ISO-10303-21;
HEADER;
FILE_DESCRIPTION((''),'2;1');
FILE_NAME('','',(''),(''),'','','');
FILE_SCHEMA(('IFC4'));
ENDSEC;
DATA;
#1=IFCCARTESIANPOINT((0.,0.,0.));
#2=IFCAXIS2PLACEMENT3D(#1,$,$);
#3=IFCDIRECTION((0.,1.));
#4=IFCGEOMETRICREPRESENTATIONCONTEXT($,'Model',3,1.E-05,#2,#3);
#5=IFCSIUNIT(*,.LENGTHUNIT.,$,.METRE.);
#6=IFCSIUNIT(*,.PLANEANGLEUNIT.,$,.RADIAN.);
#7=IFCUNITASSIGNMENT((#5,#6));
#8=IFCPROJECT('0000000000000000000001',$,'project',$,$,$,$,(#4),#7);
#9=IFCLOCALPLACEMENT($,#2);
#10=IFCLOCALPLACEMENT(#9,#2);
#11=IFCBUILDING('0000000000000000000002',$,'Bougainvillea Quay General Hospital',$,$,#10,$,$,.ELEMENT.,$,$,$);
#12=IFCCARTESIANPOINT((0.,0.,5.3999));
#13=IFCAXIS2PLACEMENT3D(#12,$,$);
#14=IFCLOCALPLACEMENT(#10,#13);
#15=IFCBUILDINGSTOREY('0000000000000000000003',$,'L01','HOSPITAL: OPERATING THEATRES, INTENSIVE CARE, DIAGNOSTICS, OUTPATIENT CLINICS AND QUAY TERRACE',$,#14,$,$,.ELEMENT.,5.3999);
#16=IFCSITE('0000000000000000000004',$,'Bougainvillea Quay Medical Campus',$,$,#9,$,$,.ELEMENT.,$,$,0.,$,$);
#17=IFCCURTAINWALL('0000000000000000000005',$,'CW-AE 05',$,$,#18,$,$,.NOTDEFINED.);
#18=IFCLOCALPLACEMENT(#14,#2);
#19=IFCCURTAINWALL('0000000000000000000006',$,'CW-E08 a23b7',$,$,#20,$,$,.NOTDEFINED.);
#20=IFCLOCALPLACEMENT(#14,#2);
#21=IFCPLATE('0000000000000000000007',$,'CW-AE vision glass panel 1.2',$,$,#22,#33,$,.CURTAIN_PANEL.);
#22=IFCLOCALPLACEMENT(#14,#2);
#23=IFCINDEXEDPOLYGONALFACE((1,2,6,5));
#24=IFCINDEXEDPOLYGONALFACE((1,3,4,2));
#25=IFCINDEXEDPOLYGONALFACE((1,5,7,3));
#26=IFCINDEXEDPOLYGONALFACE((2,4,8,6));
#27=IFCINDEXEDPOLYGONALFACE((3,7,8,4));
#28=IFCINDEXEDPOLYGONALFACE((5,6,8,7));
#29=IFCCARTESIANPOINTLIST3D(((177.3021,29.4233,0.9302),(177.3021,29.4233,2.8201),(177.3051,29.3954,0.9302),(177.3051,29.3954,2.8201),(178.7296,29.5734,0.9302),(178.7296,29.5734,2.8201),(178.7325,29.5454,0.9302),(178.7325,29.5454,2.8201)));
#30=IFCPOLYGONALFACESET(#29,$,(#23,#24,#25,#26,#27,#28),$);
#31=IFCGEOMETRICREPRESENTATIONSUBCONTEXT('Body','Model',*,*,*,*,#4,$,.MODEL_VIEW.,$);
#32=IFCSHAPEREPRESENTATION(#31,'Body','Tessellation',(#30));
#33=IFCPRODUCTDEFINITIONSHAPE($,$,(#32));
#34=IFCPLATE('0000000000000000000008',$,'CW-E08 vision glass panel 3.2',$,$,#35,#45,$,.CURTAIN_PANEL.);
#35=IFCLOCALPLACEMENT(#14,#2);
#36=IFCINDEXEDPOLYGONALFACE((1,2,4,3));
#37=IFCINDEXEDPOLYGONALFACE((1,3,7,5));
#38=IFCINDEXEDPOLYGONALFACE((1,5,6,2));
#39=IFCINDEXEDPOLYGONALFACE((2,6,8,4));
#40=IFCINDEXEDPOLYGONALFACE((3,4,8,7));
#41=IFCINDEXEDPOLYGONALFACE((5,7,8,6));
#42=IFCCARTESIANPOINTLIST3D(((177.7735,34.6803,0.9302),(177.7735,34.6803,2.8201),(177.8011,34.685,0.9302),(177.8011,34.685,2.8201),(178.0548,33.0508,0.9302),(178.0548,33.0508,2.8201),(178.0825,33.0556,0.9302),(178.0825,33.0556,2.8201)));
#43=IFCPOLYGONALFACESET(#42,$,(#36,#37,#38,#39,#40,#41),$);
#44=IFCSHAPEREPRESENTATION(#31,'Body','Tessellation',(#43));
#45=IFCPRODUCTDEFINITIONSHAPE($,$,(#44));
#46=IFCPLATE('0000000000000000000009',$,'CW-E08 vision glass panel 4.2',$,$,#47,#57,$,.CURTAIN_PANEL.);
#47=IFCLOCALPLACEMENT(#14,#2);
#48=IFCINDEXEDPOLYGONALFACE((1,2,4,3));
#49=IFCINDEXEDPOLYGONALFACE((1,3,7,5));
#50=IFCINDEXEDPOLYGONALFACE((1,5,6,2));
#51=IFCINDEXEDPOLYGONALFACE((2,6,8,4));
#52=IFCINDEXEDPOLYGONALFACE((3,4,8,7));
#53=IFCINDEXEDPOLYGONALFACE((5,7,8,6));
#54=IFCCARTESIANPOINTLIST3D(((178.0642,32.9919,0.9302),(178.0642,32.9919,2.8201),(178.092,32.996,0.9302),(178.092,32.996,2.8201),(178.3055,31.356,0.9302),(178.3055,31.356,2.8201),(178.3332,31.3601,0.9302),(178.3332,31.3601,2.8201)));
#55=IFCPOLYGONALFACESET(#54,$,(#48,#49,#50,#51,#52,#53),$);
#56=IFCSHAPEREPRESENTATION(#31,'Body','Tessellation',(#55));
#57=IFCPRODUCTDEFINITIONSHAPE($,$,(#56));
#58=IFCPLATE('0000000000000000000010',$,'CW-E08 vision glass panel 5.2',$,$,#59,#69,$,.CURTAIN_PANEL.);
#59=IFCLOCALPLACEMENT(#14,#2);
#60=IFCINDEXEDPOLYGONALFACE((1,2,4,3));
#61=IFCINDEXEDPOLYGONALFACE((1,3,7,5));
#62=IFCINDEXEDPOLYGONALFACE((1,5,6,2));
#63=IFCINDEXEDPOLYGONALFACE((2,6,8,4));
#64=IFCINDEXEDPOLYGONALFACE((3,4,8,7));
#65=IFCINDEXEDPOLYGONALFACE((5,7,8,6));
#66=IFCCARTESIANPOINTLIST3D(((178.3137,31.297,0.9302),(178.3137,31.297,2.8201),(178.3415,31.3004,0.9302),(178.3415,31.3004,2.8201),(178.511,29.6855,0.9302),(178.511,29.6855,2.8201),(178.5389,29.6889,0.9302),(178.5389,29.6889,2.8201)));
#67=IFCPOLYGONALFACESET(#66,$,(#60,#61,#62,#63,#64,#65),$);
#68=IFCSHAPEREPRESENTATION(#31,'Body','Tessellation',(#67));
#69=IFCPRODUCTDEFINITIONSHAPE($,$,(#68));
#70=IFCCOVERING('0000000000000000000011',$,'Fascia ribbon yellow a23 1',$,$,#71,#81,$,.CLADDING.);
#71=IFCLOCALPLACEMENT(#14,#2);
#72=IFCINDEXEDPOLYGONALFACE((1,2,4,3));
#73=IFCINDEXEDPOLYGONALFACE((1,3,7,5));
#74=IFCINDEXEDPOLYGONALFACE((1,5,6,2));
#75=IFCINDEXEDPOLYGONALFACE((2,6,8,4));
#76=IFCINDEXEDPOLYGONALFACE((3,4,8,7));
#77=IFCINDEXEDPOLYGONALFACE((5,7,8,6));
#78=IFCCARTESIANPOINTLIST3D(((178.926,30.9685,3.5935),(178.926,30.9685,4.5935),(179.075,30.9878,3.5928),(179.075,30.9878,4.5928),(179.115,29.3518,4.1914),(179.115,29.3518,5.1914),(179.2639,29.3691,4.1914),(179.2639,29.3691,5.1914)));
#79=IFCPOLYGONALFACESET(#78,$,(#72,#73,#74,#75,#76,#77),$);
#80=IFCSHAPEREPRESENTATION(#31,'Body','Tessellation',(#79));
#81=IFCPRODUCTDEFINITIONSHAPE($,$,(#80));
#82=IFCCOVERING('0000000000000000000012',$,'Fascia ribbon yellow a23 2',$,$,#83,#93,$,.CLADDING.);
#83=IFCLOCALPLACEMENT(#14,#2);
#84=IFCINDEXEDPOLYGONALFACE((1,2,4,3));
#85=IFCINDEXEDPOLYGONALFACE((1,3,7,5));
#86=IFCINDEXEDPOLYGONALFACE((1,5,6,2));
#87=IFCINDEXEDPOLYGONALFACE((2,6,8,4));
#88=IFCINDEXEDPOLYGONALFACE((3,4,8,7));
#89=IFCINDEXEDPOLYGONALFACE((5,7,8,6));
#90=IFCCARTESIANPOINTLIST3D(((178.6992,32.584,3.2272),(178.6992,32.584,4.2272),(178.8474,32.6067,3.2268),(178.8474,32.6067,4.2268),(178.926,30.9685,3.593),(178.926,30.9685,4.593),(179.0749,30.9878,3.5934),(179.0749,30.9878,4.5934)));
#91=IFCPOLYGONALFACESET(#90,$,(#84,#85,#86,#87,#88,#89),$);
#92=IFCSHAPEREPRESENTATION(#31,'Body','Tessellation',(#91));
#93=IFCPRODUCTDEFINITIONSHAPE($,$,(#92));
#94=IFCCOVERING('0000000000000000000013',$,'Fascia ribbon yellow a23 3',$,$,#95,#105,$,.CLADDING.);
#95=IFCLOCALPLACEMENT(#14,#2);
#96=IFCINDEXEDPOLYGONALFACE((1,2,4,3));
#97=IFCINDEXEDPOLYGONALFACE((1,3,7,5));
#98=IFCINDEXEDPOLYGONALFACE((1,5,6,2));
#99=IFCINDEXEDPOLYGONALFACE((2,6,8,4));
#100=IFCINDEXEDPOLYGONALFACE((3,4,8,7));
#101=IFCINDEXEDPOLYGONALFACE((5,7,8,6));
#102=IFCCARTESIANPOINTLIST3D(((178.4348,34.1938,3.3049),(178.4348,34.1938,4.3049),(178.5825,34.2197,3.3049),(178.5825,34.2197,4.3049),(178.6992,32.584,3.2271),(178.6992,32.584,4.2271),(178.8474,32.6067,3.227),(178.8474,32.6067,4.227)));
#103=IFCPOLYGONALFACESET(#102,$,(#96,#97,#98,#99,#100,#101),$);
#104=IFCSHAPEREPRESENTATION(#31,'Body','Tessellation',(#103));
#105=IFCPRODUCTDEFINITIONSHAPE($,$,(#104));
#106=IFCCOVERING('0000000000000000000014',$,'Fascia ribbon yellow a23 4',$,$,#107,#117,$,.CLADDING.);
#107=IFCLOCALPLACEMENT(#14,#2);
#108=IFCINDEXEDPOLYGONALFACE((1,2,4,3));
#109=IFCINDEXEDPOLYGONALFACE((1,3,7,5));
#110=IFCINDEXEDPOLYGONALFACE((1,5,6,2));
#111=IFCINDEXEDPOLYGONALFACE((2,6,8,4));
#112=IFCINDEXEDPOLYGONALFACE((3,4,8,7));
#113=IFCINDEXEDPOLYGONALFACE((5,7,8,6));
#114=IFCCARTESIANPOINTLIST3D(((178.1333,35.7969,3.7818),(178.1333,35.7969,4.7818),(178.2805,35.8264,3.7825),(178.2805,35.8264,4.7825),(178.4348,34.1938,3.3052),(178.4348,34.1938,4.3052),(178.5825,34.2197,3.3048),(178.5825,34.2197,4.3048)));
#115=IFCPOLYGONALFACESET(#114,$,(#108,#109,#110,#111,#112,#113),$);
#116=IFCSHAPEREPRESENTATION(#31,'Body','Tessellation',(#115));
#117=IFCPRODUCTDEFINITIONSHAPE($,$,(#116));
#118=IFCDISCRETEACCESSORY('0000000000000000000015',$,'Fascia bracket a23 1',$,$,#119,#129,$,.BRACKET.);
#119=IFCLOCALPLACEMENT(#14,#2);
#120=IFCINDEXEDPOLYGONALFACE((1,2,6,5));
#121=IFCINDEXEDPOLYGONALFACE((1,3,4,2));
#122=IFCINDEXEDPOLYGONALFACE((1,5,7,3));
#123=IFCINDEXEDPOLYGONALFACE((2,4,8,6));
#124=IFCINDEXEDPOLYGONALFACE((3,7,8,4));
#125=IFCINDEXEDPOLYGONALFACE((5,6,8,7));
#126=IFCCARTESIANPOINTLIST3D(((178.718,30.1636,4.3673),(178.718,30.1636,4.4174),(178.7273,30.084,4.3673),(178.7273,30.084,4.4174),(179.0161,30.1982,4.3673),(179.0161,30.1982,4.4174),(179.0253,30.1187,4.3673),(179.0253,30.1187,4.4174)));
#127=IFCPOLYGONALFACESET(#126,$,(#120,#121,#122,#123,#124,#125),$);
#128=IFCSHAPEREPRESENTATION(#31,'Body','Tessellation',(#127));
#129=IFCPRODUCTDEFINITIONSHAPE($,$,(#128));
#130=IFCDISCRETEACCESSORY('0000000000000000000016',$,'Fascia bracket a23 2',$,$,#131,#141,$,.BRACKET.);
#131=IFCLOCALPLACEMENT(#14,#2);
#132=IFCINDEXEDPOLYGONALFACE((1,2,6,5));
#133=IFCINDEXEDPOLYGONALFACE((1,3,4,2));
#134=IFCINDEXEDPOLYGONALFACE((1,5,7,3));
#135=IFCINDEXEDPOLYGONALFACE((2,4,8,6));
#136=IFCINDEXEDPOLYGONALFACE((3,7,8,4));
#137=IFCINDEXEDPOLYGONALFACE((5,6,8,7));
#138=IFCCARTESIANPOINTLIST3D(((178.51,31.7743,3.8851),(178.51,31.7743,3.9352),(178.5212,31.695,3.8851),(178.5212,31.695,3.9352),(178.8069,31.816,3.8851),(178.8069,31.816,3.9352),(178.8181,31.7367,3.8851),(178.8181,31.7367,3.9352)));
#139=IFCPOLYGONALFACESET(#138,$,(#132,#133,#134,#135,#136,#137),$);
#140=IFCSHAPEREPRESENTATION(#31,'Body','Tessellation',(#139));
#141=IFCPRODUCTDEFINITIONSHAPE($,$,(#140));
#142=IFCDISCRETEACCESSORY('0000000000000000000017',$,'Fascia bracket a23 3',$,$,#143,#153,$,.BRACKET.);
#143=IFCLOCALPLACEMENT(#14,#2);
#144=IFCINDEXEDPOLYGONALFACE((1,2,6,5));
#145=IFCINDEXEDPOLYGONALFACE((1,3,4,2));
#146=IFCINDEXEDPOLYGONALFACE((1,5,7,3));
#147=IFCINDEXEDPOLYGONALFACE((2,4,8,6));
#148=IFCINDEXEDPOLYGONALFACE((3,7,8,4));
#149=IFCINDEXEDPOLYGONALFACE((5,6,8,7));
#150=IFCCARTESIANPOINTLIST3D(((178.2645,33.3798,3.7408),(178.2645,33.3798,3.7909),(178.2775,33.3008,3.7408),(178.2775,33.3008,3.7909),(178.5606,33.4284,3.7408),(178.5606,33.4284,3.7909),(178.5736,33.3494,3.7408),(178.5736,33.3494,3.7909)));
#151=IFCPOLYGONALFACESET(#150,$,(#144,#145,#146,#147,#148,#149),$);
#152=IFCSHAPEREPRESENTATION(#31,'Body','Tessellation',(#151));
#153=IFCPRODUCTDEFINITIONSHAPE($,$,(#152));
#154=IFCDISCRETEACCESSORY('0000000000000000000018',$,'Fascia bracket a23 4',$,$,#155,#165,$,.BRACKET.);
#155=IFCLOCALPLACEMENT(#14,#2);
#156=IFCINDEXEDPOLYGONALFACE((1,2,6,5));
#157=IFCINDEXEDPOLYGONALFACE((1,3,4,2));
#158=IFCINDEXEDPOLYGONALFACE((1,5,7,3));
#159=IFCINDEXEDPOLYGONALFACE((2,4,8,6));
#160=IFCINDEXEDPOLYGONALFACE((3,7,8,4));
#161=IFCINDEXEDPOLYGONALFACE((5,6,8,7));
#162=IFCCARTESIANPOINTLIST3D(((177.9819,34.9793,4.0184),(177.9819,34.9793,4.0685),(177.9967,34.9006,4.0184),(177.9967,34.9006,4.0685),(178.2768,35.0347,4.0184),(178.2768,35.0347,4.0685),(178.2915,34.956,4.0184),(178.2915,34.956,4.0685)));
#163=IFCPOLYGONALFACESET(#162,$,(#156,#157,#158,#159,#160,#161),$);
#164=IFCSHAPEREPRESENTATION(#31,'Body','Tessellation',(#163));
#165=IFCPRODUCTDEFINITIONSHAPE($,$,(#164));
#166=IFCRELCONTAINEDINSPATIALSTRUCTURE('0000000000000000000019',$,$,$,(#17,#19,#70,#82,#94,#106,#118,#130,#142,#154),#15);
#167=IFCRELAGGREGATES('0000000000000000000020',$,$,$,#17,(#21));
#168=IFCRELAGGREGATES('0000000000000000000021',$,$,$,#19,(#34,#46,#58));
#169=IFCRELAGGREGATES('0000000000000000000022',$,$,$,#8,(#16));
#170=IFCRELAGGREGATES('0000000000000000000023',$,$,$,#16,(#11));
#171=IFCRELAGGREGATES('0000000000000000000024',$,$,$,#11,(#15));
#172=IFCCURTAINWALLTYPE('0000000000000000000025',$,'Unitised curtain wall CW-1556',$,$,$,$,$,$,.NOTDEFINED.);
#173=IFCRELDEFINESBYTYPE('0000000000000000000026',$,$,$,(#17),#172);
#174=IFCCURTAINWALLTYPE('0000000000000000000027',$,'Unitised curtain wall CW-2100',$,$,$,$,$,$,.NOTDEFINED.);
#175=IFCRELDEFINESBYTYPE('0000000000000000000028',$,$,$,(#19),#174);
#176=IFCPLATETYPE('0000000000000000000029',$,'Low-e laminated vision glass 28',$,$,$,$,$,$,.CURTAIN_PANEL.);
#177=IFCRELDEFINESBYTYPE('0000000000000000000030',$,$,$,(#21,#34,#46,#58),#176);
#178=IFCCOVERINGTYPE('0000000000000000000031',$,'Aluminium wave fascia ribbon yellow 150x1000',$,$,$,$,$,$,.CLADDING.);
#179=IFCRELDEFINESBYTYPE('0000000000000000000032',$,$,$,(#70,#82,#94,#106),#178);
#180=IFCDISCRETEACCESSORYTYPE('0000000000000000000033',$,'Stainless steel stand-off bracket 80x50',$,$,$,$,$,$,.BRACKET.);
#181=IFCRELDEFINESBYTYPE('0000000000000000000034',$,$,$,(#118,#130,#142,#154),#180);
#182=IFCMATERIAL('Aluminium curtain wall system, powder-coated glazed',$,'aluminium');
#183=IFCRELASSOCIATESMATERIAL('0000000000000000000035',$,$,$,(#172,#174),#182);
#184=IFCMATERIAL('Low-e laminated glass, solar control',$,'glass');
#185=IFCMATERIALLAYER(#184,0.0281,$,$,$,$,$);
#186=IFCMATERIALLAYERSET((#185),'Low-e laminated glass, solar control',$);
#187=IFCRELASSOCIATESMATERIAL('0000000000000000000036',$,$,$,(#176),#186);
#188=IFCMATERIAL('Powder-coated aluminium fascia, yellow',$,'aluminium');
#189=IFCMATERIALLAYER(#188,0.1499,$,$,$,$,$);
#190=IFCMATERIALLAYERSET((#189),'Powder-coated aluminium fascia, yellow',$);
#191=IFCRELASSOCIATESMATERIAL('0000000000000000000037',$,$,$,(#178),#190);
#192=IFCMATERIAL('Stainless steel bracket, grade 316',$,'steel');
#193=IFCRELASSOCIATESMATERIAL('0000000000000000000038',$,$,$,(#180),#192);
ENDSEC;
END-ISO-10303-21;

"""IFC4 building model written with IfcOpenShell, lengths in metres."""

from ifc_helpers import new_model, si_unit, direction, frame, origin, origin_2d, place, context, subcontext, project, spatial, polyline, rectangle, outline, extrude, material, layer, layer_set, material_profile, profile_set, type_object, element, aggregate, save


model = new_model("IFC4")

# Units and contexts
model_context = context("Model", 3, precision=1e-05, world=origin(), true_north=direction((0.0, 1.0)))
body_context = subcontext(model_context, "Body", "Model", "MODEL_VIEW")
ifc_project = project(units=[si_unit("LENGTHUNIT", "METRE"), si_unit("PLANEANGLEUNIT", "RADIAN")], contexts=[model_context])

# Site, building, storey
site_placement = place(None, origin())
site = spatial("IfcSite", under=ifc_project, at=site_placement, Name="Bougainvillea Quay Medical Campus", CompositionType="ELEMENT", RefElevation=0.0)
building_placement = place(site_placement, origin())
building = spatial("IfcBuilding", under=site, at=building_placement, Name="Bougainvillea Quay General Hospital", CompositionType="ELEMENT")
storey_placement = place(building_placement, frame((0.0, 0.0, 5.3999)))
storey = spatial("IfcBuildingStorey", under=building, at=storey_placement, Name="L01", Description="HOSPITAL: OPERATING THEATRES, INTENSIVE CARE, DIAGNOSTICS, OUTPATIENT CLINICS AND QUAY TERRACE", CompositionType="ELEMENT", Elevation=5.3999)

# Curtain wall
ifc_material_1 = material(Name="Aluminium curtain wall system, powder-coated glazed", Category="aluminium")
curtain_wall_type_1 = type_object("IfcCurtainWallType", Name="Unitised curtain wall CW-1556", PredefinedType="NOTDEFINED", material=ifc_material_1)
curtain_wall_1_placement = place(storey_placement, origin())
curtain_wall_1 = element("IfcCurtainWall", 1, at=curtain_wall_1_placement, inside=storey, type_object=curtain_wall_type_1, Name="CW-AE 05", PredefinedType="NOTDEFINED")

# Curtain wall
curtain_wall_type_2 = type_object("IfcCurtainWallType", Name="Unitised curtain wall CW-2100", PredefinedType="NOTDEFINED", material=ifc_material_1)
curtain_wall_2_placement = place(storey_placement, origin())
curtain_wall_2 = element("IfcCurtainWall", 2, at=curtain_wall_2_placement, inside=storey, type_object=curtain_wall_type_2, Name="CW-E08 a23b7", PredefinedType="NOTDEFINED")

# Plates
ifc_material_2 = material(Name="Low-e laminated glass, solar control", Category="glass")
ifc_layer_1 = layer(ifc_material_2, 0.0281)
ifc_layer_set_1 = layer_set([ifc_layer_1], Name="Low-e laminated glass, solar control")
plate_type_1 = type_object("IfcPlateType", Name="Low-e laminated vision glass 28", PredefinedType="CURTAIN_PANEL", material=ifc_layer_set_1)
plate_1_placement = place(storey_placement, frame((178.0173, 29.4844, 0.9302), z_axis=(0.0, 0.0, 1.0), x_axis=(0.994522, 0.104527, 0.0)))
plate_1 = element("IfcPlate", 3, at=plate_1_placement, type_object=plate_type_1, Name="CW-AE vision glass panel 1.2", PredefinedType="CURTAIN_PANEL", context=body_context, shape_type="SweptSolid", body=[
    extrude(rectangle(XDim=1.4353, YDim=0.0281, at=origin_2d()), origin(), (0.0, 0.0, 1.0), 1.8899),
])
aggregate(curtain_wall_1, [plate_1])
plate_2_placement = place(storey_placement, frame((177.928, 33.8679, 0.9302), z_axis=(0.0, 0.0, 1.0), x_axis=(0.17016, -0.985416, 0.0)))
plate_2 = element("IfcPlate", 4, at=plate_2_placement, type_object=plate_type_1, Name="CW-E08 vision glass panel 3.2", PredefinedType="CURTAIN_PANEL", context=body_context, shape_type="SweptSolid", body=[
    extrude(rectangle(XDim=1.6536, YDim=0.0281, at=origin_2d()), origin(), (0.0, 0.0, 1.0), 1.8899),
])
plate_3_placement = place(storey_placement, frame((178.1987, 32.176, 0.9302), z_axis=(0.0, 0.0, 1.0), x_axis=(0.145903, -0.989299, 0.0)))
plate_3 = element("IfcPlate", 5, at=plate_3_placement, type_object=plate_type_1, Name="CW-E08 vision glass panel 4.2", PredefinedType="CURTAIN_PANEL", context=body_context, shape_type="SweptSolid", body=[
    extrude(rectangle(XDim=1.6536, YDim=0.0281, at=origin_2d()), origin(), (0.0, 0.0, 1.0), 1.8899),
])
plate_4_placement = place(storey_placement, frame((178.4263, 30.4929, 0.9302), z_axis=(0.0, 0.0, 1.0), x_axis=(0.121558, -0.992584, 0.0)))
plate_4 = element("IfcPlate", 6, at=plate_4_placement, type_object=plate_type_1, Name="CW-E08 vision glass panel 5.2", PredefinedType="CURTAIN_PANEL", context=body_context, shape_type="SweptSolid", body=[
    extrude(rectangle(XDim=1.6235, YDim=0.0281, at=origin_2d()), origin(), (0.0, 0.0, 1.0), 1.8899),
])
aggregate(curtain_wall_2, [plate_2, plate_3, plate_4])

# Coverings
ifc_material_3 = material(Name="Powder-coated aluminium fascia, yellow", Category="aluminium")
ifc_layer_2 = layer(ifc_material_3, 0.1499)
ifc_layer_set_2 = layer_set([ifc_layer_2], Name="Powder-coated aluminium fascia, yellow")
covering_type = type_object("IfcCoveringType", Name="Aluminium wave fascia ribbon yellow 150x1000", PredefinedType="CLADDING", material=ifc_layer_set_2)
covering_1_placement = place(storey_placement, frame((179.115, 29.3518, 4.1914), z_axis=(-0.039803, 0.342501, 0.938674), x_axis=(-0.108973, 0.932327, -0.344806)))
element("IfcCovering", 7, at=covering_1_placement, inside=storey, type_object=covering_type, Name="Fascia ribbon yellow a23 1", PredefinedType="CLADDING", context=body_context, shape_type="SweptSolid", body=[
    extrude(outline(polyline([(0.0, 0.0), (1.734, 0.0), (1.736, -0.1502), (-0.0001, -0.1499), (0.0, 0.0)])), origin(), (-0.344806, 0.000214, 0.938674), 1.0),
])
covering_2_placement = place(storey_placement, frame((178.926, 30.9685, 3.593), z_axis=(-0.030621, 0.21666, 0.975767), x_axis=(-0.135663, 0.96629, -0.218813)))
element("IfcCovering", 8, at=covering_2_placement, inside=storey, type_object=covering_type, Name="Fascia ribbon yellow a23 2", PredefinedType="CLADDING", context=body_context, shape_type="SweptSolid", body=[
    extrude(outline(polyline([(0.0, 0.0), (1.6719, 0.0), (1.6738, -0.1499), (-0.0016, -0.1502), (0.0, 0.0)])), origin(), (-0.218813, -0.000196, 0.975767), 1.0),
])
covering_3_placement = place(storey_placement, frame((178.6992, 32.584, 3.2271), z_axis=(0.007718, -0.047007, 0.998865), x_axis=(-0.161885, 0.985659, 0.047637)))
element("IfcCovering", 9, at=covering_3_placement, inside=storey, type_object=covering_type, Name="Fascia ribbon yellow a23 3", PredefinedType="CLADDING", context=body_context, shape_type="SweptSolid", body=[
    extrude(outline(polyline([(0.0, 0.0), (1.6333, 0.0), (1.6349, -0.1499), (-0.0016, -0.1499), (0.0, 0.0)])), origin(), (0.047637, -0.000002, 0.998865), 1.0),
])
covering_4_placement = place(storey_placement, frame((178.4348, 34.1938, 3.3052), z_axis=(0.051032, -0.2758, 0.959859), x_axis=(-0.177429, 0.943319, 0.28048)))
element("IfcCovering", 10, at=covering_4_placement, inside=storey, type_object=covering_type, Name="Fascia ribbon yellow a23 4", PredefinedType="CLADDING", context=body_context, shape_type="SweptSolid", body=[
    extrude(outline(polyline([(0.0, 0.0), (1.6993, 0.0), (1.7013, -0.1501), (-0.0019, -0.1499), (0.0, 0.0)])), origin(), (0.28048, -0.000795, 0.959859), 1.0),
])

# Discrete accessories
ifc_material_4 = material(Name="Stainless steel bracket, grade 316", Category="steel")
ifc_material_profile_1 = material_profile(ifc_material_4, rectangle(XDim=0.0801, YDim=0.05, at=origin_2d()))
ifc_profile_set_1 = profile_set([ifc_material_profile_1], Name="Stainless steel bracket, grade 316")
discrete_accessory_type = type_object("IfcDiscreteAccessoryType", Name="Stainless steel stand-off bracket 80x50", PredefinedType="BRACKET", material=ifc_profile_set_1)
discrete_accessory_1_placement = place(storey_placement, frame((178.7227, 30.1238, 4.3923), z_axis=(0.993305, 0.11552, 0.0), x_axis=(-0.11552, 0.993305, 0.0)))
element("IfcDiscreteAccessory", 11, at=discrete_accessory_1_placement, inside=storey, type_object=discrete_accessory_type, Name="Fascia bracket a23 1", PredefinedType="BRACKET", context=body_context, shape_type="SweptSolid", body=[
    extrude(rectangle(XDim=0.0801, YDim=0.05, at=origin_2d()), origin(), (0.0, 0.0, 1.0), 0.3),
])
discrete_accessory_2_placement = place(storey_placement, frame((178.5156, 31.7346, 3.9102), z_axis=(0.990257, 0.139255, 0.0), x_axis=(-0.139255, 0.990257, 0.0)))
element("IfcDiscreteAccessory", 12, at=discrete_accessory_2_placement, inside=storey, type_object=discrete_accessory_type, Name="Fascia bracket a23 2", PredefinedType="BRACKET", context=body_context, shape_type="SweptSolid", body=[
    extrude(rectangle(XDim=0.0801, YDim=0.05, at=origin_2d()), origin(), (0.0, 0.0, 1.0), 0.2998),
])
for number, where, z_axis, x_axis, name in (
    (13, (178.271, 33.3403, 3.7659), (0.986808, 0.161892, 0.0), (-0.161892, 0.986808, 0.0), "Fascia bracket a23 3"),
    (14, (177.9893, 34.9399, 4.0435), (0.982798, 0.184681, 0.0), (-0.184681, 0.982798, 0.0), "Fascia bracket a23 4"),
):
    element("IfcDiscreteAccessory", number, at=place(storey_placement, frame(where, z_axis=z_axis, x_axis=x_axis)), inside=storey, type_object=discrete_accessory_type, Name=name, PredefinedType="BRACKET", context=body_context, shape_type="SweptSolid", body=[
        extrude(rectangle(XDim=0.0801, YDim=0.05, at=origin_2d()), origin(), (0.0, 0.0, 1.0), 0.3),
    ])

save(model, "model.ifc")
